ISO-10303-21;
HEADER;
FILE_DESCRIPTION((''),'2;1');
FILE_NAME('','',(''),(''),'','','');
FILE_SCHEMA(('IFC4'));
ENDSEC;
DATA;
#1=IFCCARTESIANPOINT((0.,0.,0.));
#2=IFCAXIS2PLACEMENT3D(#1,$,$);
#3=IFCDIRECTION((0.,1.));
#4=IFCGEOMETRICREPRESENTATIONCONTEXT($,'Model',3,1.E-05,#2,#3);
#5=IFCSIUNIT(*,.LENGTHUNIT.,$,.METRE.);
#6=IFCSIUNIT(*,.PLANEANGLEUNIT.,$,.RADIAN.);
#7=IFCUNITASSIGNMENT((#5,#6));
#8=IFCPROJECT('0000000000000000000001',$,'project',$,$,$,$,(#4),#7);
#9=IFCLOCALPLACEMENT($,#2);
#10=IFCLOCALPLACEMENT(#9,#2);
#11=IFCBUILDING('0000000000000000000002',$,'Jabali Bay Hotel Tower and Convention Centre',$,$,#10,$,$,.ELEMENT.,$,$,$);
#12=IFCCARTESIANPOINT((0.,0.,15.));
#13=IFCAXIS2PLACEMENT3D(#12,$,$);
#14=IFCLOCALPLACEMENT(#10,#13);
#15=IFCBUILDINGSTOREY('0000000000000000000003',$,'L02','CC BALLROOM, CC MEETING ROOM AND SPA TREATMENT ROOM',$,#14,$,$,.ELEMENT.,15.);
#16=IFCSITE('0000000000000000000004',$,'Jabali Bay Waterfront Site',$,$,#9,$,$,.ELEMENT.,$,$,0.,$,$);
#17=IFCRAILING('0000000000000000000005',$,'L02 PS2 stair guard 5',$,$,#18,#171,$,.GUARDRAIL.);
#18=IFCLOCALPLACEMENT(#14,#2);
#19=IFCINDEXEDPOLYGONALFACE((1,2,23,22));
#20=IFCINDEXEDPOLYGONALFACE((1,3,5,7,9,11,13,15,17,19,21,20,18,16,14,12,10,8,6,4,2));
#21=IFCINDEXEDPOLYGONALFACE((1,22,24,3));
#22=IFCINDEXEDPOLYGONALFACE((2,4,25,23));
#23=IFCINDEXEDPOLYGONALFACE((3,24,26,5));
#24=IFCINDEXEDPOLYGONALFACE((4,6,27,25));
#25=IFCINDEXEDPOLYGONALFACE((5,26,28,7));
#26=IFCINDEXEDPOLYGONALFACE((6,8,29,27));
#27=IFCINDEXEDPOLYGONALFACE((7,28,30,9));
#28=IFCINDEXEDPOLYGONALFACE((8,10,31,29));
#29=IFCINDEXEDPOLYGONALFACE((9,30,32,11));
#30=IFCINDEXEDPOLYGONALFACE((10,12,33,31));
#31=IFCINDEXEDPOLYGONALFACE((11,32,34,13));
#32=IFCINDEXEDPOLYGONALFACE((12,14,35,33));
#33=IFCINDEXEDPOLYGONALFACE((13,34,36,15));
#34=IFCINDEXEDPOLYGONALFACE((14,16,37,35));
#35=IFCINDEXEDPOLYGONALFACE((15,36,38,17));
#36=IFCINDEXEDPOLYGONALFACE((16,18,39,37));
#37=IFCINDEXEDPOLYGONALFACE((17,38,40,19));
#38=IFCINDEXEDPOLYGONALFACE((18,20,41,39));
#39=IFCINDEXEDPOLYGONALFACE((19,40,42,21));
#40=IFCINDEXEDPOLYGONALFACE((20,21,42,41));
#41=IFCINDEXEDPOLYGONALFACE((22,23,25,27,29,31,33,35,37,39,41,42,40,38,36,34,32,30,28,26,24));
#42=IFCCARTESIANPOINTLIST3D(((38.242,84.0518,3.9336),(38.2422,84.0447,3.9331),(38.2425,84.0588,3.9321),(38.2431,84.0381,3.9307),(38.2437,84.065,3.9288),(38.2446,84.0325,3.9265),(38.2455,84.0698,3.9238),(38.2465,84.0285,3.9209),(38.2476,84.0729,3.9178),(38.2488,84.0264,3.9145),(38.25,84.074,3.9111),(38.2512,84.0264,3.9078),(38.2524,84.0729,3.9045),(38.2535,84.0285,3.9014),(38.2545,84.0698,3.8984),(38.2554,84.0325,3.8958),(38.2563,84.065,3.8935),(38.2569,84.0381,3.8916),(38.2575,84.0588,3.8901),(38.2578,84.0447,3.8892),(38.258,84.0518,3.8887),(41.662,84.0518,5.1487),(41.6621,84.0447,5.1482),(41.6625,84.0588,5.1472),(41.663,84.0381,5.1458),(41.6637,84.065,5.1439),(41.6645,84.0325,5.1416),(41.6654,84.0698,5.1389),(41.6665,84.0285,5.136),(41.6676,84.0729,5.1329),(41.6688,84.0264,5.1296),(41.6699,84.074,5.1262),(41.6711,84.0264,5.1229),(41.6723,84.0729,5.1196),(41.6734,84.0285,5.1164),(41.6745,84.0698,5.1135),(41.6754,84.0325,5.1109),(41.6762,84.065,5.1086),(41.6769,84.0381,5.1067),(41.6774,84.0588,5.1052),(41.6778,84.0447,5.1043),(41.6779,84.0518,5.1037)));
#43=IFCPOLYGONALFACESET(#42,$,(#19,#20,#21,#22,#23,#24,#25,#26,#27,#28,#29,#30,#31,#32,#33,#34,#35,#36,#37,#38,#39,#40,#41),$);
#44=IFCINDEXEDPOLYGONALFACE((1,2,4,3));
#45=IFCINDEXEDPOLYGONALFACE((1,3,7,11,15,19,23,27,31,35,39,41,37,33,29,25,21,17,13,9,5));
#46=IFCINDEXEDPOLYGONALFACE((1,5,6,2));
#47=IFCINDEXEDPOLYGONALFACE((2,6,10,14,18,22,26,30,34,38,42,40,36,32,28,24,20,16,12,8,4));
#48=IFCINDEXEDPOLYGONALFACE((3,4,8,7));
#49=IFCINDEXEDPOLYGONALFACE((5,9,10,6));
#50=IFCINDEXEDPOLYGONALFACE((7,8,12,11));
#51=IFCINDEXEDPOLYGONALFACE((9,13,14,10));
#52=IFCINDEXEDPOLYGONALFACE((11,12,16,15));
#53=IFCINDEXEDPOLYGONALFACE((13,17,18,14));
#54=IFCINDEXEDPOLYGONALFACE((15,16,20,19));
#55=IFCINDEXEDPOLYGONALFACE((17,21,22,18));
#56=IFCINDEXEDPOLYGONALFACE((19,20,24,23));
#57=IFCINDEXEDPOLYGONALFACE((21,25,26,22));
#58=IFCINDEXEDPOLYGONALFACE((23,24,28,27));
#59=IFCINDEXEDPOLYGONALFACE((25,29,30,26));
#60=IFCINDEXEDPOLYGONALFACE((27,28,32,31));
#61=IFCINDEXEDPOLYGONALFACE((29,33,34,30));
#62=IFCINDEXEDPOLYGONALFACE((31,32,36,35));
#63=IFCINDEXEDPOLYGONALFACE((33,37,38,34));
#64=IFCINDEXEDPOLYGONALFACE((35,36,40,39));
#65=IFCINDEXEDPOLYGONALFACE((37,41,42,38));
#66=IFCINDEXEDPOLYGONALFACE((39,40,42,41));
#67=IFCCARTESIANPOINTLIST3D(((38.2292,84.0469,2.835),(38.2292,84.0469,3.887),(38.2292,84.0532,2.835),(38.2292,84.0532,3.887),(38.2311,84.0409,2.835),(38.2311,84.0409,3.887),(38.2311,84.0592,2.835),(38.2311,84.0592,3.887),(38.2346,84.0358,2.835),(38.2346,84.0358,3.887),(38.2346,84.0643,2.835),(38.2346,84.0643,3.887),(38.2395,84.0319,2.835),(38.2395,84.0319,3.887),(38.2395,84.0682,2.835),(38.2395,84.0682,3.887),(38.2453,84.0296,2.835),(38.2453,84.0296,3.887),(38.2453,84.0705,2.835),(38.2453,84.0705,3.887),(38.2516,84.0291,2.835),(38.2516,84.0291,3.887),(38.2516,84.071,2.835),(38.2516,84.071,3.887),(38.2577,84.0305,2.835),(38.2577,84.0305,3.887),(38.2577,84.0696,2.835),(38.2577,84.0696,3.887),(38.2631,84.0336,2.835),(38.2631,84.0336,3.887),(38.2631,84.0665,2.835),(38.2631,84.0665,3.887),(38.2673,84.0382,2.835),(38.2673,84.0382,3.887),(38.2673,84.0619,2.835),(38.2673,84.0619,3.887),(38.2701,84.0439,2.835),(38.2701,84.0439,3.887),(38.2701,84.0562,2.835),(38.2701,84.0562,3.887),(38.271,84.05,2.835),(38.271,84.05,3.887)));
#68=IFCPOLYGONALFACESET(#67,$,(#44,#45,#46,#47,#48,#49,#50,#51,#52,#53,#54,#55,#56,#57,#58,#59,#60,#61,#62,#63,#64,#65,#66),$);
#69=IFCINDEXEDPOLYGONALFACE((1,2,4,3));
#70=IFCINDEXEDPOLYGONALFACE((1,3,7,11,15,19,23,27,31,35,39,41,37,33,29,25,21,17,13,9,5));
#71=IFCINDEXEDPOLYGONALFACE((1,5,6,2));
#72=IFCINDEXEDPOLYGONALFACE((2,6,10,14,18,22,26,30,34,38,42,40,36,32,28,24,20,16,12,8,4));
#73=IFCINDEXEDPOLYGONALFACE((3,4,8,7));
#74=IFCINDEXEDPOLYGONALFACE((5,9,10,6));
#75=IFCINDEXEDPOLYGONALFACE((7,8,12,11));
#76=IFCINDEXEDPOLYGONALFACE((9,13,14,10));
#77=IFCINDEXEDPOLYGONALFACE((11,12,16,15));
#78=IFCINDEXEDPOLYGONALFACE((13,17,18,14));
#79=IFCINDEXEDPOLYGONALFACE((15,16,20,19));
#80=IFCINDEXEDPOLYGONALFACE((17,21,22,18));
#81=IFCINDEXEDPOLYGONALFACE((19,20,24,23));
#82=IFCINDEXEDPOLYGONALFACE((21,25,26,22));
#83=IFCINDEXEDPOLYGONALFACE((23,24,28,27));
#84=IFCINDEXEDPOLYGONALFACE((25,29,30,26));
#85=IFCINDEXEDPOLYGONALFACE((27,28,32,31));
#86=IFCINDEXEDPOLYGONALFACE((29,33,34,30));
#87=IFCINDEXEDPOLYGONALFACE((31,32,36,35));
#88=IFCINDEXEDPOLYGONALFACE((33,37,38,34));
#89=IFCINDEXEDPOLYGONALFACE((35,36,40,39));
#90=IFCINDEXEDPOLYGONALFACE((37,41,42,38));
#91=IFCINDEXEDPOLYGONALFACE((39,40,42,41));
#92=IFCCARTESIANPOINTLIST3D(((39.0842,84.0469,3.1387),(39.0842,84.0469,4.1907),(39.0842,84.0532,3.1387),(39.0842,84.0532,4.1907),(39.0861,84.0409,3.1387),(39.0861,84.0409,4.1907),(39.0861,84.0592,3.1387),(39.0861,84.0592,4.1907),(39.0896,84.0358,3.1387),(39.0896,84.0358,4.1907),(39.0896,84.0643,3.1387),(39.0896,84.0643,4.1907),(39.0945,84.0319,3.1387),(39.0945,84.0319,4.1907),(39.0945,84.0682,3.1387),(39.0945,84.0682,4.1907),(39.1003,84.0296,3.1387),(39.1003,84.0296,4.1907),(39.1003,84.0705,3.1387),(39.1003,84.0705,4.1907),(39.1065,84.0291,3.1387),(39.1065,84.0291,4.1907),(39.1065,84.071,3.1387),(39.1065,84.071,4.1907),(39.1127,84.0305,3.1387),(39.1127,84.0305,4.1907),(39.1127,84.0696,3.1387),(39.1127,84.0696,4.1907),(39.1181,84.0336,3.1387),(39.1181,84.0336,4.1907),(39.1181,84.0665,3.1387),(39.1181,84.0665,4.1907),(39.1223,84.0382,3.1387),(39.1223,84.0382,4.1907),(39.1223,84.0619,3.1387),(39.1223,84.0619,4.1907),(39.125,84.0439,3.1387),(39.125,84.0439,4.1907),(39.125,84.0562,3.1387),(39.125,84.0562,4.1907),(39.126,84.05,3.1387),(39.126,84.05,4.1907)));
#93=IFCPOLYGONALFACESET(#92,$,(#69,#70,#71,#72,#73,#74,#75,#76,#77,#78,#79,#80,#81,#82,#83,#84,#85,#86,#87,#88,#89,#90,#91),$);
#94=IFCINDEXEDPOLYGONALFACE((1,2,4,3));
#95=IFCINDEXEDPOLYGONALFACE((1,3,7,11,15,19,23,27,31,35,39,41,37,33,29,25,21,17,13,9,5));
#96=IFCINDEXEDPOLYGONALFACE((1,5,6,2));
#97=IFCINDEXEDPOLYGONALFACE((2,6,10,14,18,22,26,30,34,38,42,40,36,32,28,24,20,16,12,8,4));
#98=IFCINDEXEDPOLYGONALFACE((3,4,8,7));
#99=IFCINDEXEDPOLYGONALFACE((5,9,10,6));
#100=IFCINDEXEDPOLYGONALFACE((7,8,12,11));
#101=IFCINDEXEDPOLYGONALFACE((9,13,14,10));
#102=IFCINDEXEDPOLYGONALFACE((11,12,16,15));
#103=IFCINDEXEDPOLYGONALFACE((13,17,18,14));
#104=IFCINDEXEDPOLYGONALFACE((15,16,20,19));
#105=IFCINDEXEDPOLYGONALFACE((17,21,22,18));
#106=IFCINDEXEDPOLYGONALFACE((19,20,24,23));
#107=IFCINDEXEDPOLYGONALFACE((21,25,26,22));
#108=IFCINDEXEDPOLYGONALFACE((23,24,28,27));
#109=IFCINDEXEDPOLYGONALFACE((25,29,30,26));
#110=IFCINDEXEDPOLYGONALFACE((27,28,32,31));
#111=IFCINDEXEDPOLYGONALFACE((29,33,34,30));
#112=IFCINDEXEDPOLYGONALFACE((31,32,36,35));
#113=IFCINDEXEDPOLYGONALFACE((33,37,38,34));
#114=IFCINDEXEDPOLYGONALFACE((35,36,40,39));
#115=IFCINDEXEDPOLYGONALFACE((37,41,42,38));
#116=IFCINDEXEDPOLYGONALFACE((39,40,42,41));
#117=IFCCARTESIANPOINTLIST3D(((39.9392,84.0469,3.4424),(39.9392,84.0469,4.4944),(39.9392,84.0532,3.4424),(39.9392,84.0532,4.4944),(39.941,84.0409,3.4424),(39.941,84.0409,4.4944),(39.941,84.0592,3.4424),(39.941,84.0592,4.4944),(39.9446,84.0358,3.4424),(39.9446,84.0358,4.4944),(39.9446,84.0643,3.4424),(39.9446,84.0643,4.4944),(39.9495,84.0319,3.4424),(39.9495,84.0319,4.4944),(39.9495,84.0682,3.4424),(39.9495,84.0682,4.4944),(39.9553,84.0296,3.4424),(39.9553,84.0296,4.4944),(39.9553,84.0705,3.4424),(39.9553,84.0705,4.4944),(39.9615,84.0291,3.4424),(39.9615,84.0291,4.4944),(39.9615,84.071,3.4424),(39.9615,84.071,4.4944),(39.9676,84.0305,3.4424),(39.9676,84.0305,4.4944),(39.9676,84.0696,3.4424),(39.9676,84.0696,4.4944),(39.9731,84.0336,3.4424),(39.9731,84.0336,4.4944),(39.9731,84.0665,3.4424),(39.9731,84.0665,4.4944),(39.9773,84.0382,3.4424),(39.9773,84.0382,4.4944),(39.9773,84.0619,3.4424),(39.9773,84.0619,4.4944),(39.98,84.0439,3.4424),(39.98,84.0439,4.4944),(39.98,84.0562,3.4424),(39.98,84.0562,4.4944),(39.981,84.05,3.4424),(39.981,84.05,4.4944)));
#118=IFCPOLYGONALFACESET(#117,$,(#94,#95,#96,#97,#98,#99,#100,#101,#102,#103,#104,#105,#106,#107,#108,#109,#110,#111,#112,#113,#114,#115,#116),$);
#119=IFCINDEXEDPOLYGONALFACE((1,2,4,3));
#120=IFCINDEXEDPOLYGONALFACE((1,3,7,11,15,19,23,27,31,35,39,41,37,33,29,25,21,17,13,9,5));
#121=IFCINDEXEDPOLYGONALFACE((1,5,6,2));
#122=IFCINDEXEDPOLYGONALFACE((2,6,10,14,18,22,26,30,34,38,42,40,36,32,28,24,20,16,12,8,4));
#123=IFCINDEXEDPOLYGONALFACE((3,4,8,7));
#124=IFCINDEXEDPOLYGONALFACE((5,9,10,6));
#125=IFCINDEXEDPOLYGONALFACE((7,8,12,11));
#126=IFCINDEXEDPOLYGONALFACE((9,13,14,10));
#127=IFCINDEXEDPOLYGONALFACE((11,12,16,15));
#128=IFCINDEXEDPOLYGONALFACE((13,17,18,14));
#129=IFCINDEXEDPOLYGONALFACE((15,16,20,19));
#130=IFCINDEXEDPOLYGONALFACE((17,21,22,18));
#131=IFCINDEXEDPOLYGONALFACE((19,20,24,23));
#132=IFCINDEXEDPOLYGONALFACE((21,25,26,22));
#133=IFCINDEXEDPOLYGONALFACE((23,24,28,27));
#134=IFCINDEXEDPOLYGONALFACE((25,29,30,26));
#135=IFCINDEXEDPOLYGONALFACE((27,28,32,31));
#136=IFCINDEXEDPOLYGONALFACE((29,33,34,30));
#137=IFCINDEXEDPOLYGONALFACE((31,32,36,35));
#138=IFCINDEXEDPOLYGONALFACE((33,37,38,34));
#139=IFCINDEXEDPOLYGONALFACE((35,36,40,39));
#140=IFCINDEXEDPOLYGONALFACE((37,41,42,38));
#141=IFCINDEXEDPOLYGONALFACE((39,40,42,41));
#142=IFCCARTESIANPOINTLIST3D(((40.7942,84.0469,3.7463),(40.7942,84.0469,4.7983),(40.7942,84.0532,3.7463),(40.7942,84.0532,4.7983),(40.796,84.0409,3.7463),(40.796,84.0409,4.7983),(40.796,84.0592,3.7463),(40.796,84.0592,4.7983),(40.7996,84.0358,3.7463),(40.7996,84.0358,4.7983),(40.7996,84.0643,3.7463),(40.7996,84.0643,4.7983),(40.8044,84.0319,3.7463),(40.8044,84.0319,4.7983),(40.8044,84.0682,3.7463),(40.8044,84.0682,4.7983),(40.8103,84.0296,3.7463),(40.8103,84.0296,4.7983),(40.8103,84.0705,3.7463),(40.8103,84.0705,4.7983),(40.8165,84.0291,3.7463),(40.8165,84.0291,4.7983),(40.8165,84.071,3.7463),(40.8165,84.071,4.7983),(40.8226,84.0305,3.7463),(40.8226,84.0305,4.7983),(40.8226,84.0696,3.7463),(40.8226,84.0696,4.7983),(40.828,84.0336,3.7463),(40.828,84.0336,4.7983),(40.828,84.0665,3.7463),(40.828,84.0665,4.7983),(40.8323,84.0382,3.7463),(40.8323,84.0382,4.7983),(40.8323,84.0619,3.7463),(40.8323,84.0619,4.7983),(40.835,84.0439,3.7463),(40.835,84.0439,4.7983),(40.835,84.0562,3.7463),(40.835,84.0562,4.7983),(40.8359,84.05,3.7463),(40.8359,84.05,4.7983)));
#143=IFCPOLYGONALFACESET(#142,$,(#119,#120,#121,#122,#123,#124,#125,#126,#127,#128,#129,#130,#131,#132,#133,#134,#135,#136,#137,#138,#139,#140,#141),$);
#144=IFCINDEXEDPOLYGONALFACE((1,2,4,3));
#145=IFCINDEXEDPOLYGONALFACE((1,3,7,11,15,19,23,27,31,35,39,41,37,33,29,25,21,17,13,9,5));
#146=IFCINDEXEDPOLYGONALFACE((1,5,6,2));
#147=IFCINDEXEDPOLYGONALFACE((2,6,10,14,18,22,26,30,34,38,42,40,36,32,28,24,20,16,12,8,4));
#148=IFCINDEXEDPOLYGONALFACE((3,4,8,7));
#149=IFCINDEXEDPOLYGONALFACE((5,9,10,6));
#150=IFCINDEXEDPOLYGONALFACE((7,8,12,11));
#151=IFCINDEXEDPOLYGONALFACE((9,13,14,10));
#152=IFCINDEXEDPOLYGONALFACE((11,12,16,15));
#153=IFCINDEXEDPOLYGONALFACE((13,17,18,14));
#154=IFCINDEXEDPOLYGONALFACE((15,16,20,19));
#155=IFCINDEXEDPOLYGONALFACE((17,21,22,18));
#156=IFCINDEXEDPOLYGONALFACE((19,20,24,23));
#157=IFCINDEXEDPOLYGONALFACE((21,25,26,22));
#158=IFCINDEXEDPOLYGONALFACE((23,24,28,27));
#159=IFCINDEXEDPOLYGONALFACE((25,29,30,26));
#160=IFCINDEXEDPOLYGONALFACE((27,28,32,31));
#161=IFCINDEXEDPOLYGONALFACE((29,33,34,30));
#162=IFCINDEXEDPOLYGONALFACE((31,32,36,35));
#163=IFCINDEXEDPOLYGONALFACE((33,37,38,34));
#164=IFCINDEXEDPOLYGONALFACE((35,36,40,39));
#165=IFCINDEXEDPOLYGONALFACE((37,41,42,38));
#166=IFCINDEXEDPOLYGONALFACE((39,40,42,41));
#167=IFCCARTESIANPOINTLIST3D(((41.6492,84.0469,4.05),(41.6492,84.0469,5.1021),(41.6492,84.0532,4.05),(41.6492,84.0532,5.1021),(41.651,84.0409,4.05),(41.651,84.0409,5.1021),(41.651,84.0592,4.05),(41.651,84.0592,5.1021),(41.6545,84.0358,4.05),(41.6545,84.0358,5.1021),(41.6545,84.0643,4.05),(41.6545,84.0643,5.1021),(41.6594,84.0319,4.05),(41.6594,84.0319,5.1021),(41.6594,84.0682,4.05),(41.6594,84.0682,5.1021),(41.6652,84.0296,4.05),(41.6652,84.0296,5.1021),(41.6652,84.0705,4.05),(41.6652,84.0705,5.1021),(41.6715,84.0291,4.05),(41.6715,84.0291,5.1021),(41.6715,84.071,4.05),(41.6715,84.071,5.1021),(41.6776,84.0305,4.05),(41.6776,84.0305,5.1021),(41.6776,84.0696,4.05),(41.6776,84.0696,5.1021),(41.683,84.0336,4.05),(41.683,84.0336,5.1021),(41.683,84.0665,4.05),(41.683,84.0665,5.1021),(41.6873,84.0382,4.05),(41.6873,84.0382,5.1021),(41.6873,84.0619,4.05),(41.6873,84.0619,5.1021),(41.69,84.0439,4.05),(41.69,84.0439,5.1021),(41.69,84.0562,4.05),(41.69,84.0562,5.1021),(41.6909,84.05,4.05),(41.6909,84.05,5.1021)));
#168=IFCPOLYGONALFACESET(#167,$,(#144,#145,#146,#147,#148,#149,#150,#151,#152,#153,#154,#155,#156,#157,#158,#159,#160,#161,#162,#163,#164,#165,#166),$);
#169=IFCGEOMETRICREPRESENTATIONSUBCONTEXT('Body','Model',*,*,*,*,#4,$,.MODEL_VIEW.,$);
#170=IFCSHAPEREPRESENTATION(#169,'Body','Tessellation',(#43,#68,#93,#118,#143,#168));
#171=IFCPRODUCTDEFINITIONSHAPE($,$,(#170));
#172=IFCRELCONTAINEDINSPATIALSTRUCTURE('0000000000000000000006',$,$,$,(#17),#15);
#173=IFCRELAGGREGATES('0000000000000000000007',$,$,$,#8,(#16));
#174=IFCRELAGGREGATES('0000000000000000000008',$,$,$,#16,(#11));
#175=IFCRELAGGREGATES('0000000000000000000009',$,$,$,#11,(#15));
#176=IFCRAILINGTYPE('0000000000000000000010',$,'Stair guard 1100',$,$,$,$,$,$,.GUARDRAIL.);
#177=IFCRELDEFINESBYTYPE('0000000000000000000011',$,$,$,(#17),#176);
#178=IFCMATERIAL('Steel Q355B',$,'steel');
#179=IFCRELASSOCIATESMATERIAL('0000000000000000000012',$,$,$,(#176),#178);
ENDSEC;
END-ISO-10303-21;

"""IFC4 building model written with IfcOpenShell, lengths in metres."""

from ifc_helpers import new_model, si_unit, direction, frame, origin, origin_2d, place, context, subcontext, project, spatial, circle, extrude, material, type_object, element, save


model = new_model("IFC4")

# Units and contexts
model_context = context("Model", 3, precision=1e-05, world=origin(), true_north=direction((0.0, 1.0)))
body_context = subcontext(model_context, "Body", "Model", "MODEL_VIEW")
ifc_project = project(units=[si_unit("LENGTHUNIT", "METRE"), si_unit("PLANEANGLEUNIT", "RADIAN")], contexts=[model_context])

# Site, building, storey
site_placement = place(None, origin())
site = spatial("IfcSite", under=ifc_project, at=site_placement, Name="Jabali Bay Waterfront Site", CompositionType="ELEMENT", RefElevation=0.0)
building_placement = place(site_placement, origin())
building = spatial("IfcBuilding", under=site, at=building_placement, Name="Jabali Bay Hotel Tower and Convention Centre", CompositionType="ELEMENT")
storey_placement = place(building_placement, frame((0.0, 0.0, 15.0)))
storey = spatial("IfcBuildingStorey", under=building, at=storey_placement, Name="L02", Description="CC BALLROOM, CC MEETING ROOM AND SPA TREATMENT ROOM", CompositionType="ELEMENT", Elevation=15.0)

# Railing
ifc_material_1 = material(Name="Steel Q355B", Category="steel")
railing_type_1 = type_object("IfcRailingType", Name="Stair guard 1100", PredefinedType="GUARDRAIL", material=ifc_material_1)
railing_1_placement = place(storey_placement, frame((38.25, 84.05, 2.835)))
element("IfcRailing", 1, at=railing_1_placement, inside=storey, type_object=railing_type_1, Name="L02 PS2 stair guard 5", PredefinedType="GUARDRAIL", context=body_context, shape_type="SweptSolid", body=[
    extrude(circle(Radius=0.0239, at=origin_2d()), frame((0.0, 0.0, 1.0762), z_axis=(0.942292, 0.0, 0.334793), x_axis=(0.0, 1.0, 0.0)), (0.0, 0.0, 1.0), 3.6294),
    extrude(circle(Radius=0.021, at=origin_2d()), origin(), (0.0, 0.0, 1.0), 1.052),
    extrude(circle(Radius=0.021, at=origin_2d()), frame((0.855, 0.0, 0.3037)), (0.0, 0.0, 1.0), 1.052),
    extrude(circle(Radius=0.021, at=origin_2d()), frame((1.71, 0.0, 0.6074)), (0.0, 0.0, 1.0), 1.052),
    extrude(circle(Radius=0.021, at=origin_2d()), frame((2.5649, 0.0, 0.9114)), (0.0, 0.0, 1.0), 1.052),
    extrude(circle(Radius=0.021, at=origin_2d()), frame((3.4199, 0.0, 1.2151)), (0.0, 0.0, 1.0), 1.052),
])

save(model, "model.ifc")
